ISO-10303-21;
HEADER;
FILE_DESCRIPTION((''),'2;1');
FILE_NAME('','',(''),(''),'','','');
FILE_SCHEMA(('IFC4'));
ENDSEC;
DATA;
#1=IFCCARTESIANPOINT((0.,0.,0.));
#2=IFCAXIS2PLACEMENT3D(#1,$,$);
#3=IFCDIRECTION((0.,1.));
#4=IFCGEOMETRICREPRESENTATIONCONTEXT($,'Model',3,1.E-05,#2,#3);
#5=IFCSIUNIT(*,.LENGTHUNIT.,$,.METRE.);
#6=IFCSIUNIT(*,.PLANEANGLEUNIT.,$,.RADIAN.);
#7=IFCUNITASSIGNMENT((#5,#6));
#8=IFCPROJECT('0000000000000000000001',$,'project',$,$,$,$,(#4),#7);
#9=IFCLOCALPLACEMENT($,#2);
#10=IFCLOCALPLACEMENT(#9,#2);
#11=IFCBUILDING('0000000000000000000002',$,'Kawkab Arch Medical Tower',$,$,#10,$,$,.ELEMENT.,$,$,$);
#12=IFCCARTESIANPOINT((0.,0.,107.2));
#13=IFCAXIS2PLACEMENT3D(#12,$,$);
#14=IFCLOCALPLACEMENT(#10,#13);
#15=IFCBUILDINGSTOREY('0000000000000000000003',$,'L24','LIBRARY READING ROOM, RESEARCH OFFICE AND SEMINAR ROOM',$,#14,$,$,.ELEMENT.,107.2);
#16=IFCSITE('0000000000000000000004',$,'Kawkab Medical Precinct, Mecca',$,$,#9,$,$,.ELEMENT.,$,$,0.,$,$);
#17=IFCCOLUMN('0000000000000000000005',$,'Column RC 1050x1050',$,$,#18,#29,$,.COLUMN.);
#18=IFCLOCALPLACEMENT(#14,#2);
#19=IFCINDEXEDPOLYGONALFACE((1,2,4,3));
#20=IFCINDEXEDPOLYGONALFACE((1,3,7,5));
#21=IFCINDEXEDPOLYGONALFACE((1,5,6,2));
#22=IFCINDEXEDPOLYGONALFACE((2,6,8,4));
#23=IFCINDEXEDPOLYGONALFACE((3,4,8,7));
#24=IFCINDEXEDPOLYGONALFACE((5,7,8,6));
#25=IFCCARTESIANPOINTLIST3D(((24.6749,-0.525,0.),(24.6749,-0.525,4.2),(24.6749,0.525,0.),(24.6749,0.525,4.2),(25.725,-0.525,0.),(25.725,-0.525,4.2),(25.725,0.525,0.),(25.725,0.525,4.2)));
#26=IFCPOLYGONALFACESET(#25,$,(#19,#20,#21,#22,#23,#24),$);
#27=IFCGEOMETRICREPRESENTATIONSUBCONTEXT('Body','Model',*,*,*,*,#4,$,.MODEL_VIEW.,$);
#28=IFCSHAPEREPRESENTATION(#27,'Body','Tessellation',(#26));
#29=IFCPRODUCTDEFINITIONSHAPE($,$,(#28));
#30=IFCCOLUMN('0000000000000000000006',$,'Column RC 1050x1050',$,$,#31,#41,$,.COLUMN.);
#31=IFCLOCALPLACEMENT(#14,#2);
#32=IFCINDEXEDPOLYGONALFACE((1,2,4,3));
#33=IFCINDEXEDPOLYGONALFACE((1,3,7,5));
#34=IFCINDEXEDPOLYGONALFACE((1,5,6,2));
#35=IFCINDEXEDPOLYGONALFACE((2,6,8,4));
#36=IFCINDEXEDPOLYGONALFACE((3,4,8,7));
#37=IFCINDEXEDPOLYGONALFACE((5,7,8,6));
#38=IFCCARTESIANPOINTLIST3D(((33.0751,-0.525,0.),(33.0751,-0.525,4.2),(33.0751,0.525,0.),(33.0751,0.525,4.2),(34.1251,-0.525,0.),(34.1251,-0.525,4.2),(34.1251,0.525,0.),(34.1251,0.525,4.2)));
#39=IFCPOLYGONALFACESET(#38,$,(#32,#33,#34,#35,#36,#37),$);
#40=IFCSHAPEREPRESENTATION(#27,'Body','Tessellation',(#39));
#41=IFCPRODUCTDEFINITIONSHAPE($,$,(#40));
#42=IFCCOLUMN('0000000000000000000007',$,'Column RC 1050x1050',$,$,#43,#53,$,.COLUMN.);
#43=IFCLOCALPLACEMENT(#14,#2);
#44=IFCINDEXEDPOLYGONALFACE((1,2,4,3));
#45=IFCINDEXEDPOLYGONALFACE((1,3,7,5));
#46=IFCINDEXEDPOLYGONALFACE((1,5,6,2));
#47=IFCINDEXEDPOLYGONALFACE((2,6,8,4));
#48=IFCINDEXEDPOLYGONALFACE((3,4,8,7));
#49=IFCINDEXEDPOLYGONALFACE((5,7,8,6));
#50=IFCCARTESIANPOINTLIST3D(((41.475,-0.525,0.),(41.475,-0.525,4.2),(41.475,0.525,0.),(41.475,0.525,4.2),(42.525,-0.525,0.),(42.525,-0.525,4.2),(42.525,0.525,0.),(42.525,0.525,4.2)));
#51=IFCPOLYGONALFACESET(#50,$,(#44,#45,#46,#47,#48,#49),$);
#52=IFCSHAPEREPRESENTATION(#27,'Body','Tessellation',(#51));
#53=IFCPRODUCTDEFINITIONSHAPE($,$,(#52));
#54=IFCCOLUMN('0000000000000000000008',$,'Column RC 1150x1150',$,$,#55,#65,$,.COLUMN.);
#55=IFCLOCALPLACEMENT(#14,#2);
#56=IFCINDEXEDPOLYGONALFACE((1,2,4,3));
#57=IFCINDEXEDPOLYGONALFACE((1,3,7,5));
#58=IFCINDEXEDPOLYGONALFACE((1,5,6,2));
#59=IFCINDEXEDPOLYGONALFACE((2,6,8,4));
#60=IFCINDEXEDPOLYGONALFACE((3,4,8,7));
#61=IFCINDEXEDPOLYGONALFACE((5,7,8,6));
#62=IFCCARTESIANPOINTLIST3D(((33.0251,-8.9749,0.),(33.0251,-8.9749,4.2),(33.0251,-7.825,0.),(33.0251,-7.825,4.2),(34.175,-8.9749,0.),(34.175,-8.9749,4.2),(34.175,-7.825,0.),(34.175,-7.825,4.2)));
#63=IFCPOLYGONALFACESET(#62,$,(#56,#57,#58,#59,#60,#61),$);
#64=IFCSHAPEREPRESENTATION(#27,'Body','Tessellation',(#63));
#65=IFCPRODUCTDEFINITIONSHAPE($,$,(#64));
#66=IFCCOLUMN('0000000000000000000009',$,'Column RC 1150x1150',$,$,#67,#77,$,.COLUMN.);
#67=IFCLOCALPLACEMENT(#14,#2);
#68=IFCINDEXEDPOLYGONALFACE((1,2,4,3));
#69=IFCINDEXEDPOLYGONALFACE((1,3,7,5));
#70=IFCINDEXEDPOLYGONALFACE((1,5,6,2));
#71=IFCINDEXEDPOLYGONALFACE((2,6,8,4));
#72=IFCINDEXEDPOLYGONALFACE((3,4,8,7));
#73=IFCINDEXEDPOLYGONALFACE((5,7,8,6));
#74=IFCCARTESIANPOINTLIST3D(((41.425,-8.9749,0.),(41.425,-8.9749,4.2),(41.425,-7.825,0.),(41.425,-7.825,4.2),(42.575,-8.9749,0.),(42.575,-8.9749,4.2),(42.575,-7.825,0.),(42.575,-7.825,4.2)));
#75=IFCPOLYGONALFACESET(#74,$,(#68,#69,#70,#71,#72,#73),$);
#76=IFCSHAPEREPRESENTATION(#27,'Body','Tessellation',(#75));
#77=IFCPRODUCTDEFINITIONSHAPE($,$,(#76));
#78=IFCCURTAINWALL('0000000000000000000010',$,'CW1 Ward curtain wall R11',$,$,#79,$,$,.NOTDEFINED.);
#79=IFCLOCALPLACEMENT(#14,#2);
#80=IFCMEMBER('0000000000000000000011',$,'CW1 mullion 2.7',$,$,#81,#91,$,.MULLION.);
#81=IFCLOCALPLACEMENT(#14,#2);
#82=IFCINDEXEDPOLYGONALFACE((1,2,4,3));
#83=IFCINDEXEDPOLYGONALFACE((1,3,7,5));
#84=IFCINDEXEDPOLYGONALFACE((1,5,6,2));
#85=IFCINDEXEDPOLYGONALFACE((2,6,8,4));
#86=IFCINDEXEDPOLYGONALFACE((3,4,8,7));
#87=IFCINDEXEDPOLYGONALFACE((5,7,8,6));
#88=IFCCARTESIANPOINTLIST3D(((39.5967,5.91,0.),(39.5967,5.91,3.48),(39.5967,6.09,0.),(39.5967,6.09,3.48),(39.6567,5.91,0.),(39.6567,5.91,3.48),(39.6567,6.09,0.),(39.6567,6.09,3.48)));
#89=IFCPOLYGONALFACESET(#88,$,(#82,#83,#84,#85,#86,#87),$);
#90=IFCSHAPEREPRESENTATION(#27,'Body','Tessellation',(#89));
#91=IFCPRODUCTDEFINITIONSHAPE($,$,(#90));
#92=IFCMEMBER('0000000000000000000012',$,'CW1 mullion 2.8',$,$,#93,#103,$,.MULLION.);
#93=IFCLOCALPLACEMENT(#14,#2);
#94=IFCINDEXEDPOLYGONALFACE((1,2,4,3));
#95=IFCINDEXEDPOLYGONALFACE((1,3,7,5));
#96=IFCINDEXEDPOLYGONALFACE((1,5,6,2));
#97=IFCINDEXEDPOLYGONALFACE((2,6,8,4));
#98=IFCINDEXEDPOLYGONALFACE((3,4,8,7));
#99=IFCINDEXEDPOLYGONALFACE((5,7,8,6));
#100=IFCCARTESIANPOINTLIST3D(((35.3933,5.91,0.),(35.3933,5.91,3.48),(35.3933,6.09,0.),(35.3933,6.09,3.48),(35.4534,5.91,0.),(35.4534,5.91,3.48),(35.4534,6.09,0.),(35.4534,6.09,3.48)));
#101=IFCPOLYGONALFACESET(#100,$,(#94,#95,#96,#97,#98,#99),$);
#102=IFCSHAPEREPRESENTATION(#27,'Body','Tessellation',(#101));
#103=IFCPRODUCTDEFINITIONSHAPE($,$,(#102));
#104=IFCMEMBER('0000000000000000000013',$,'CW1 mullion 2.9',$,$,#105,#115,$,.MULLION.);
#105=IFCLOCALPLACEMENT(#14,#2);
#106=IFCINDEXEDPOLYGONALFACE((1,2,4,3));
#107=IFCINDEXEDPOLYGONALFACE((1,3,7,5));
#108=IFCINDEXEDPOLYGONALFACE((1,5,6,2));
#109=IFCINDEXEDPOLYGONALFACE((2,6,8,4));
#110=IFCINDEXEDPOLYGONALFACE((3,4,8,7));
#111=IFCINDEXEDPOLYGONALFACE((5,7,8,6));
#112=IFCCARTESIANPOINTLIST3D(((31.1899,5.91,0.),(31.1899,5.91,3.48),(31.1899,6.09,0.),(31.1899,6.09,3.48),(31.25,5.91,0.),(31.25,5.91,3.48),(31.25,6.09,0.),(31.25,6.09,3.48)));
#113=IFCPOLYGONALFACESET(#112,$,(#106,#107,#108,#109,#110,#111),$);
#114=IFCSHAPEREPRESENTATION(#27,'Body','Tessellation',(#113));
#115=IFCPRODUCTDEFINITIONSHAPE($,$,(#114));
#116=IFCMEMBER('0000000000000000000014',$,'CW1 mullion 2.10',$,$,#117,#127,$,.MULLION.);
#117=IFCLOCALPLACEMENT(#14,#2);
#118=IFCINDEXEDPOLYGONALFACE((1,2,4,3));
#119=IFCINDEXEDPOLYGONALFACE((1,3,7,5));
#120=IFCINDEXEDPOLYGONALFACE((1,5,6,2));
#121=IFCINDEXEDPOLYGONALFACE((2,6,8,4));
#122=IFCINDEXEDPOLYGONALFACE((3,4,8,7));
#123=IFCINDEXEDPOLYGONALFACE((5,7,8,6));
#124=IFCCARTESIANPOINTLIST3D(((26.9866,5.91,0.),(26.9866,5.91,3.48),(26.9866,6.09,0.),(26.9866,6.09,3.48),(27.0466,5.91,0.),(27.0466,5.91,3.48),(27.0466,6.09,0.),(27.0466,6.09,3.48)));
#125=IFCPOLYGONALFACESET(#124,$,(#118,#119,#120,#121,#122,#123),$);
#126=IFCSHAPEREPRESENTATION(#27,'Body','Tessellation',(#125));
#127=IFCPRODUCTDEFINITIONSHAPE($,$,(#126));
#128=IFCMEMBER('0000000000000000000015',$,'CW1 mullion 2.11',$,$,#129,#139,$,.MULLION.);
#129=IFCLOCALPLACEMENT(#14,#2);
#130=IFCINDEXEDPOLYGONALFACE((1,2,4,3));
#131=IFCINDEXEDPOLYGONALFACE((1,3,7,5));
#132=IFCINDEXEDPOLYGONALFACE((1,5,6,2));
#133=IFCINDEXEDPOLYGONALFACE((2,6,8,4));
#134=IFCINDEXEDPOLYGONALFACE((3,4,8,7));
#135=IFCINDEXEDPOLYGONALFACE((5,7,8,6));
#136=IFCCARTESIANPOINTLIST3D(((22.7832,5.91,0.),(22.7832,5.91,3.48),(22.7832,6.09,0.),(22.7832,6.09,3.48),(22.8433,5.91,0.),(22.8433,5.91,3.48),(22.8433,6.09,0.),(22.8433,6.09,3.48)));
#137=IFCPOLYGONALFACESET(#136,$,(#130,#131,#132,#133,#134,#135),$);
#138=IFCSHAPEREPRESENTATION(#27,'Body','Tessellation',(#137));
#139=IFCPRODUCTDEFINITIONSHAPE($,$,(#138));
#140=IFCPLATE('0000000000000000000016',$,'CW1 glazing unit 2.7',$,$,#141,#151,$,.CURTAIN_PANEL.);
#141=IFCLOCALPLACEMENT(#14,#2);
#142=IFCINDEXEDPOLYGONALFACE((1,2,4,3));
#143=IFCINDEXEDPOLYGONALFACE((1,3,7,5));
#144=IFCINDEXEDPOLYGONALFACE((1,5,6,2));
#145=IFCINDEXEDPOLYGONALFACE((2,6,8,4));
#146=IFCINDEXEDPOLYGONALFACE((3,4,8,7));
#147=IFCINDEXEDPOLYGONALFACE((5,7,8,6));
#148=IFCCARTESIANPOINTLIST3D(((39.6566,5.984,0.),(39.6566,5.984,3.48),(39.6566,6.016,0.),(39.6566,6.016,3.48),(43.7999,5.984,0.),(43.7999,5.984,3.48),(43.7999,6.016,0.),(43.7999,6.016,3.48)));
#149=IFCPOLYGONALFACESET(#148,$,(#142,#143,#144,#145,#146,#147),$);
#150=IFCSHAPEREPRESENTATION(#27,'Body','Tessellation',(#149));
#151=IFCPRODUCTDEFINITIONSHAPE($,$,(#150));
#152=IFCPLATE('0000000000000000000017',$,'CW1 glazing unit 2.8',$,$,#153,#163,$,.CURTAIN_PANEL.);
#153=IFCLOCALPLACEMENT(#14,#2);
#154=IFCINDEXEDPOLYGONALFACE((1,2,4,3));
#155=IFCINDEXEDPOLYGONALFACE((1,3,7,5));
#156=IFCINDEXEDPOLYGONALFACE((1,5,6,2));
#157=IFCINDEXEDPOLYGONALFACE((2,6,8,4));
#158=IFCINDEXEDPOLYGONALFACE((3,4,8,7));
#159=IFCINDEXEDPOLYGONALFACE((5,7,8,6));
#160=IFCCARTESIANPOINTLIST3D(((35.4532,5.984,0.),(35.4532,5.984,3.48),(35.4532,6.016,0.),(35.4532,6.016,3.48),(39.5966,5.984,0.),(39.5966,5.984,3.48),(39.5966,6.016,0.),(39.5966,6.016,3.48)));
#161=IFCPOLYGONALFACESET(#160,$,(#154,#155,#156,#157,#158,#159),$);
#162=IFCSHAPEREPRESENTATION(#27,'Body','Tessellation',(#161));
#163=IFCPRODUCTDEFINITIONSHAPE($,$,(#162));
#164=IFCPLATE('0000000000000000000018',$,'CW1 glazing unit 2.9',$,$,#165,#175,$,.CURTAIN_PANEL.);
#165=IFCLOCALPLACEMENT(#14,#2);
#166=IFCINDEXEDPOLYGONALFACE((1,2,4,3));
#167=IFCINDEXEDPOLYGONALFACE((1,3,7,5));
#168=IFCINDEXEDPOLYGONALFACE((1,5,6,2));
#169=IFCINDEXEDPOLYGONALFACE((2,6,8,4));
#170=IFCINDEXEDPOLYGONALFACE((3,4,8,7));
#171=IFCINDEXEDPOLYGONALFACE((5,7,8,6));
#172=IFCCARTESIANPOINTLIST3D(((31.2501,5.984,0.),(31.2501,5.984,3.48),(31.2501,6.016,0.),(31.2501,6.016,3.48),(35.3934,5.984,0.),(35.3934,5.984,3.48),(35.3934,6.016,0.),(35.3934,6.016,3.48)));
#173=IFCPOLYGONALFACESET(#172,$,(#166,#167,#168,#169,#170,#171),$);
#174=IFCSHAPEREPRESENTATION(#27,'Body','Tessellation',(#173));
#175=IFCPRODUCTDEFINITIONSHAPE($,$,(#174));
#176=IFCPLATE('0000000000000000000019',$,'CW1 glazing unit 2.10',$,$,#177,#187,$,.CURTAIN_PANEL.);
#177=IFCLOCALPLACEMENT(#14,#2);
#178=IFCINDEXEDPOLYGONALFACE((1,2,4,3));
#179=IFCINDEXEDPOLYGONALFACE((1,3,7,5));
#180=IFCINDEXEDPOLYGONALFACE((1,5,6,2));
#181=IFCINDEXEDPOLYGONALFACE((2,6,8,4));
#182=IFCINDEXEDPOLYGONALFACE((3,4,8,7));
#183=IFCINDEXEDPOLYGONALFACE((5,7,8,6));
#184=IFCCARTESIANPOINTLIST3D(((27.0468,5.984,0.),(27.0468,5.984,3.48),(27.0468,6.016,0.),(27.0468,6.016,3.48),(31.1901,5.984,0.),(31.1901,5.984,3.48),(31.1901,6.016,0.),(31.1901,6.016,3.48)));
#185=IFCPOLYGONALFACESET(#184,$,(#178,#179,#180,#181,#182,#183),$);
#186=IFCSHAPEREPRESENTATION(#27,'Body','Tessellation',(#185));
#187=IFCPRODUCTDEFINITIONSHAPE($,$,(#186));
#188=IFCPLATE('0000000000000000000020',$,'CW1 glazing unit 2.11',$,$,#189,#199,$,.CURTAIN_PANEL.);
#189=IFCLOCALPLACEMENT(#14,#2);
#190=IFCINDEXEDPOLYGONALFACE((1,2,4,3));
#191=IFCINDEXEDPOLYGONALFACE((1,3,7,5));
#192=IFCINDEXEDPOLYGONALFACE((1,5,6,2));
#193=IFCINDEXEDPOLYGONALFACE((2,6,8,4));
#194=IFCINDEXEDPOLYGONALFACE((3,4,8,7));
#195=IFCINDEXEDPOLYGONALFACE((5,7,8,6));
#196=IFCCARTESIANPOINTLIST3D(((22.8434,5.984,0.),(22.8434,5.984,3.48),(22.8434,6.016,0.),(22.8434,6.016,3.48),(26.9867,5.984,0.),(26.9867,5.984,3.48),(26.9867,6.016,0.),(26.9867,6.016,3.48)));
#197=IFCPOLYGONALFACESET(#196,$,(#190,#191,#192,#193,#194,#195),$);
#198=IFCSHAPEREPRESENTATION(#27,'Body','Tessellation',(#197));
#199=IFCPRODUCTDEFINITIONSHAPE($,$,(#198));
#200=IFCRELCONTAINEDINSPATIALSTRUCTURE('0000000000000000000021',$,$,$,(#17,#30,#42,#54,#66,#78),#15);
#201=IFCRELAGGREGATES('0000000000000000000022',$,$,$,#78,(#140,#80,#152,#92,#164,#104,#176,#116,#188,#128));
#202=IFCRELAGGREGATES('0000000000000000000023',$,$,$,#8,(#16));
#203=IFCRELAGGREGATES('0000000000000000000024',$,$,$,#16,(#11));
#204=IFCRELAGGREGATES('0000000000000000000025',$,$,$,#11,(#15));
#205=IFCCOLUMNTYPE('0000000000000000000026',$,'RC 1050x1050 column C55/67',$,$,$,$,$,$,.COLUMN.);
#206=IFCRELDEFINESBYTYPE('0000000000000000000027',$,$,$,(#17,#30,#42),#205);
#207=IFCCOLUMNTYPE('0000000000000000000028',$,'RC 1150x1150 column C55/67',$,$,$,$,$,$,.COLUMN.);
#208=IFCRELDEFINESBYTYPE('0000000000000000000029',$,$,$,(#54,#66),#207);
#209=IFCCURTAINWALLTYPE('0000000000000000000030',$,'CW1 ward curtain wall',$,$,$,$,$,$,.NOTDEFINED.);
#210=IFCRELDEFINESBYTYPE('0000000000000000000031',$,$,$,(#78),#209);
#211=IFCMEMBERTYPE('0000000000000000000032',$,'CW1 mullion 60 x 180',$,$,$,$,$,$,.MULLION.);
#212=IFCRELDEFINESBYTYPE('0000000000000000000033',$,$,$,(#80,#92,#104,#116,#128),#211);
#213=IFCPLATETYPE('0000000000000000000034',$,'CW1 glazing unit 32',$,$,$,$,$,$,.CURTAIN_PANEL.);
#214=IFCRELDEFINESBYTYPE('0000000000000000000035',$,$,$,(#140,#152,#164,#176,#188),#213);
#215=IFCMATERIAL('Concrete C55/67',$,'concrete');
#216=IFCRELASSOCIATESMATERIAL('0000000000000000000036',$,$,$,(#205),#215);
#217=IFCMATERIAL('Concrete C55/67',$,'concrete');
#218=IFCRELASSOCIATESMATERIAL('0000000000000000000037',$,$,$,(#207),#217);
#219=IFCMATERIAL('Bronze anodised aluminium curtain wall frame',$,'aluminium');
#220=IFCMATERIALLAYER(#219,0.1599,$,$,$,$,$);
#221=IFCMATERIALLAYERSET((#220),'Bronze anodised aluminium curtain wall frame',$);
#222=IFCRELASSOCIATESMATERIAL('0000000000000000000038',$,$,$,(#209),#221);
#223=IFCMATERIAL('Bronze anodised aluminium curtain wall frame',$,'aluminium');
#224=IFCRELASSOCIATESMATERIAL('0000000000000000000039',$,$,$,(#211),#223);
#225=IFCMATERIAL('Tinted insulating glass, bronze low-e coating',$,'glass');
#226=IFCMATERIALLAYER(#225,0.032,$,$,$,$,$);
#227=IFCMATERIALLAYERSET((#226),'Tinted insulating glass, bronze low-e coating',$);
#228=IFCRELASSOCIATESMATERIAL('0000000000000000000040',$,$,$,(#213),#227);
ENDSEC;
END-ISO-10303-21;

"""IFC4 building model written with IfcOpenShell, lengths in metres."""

from ifc_helpers import new_model, si_unit, direction, frame, origin, origin_2d, place, context, subcontext, project, spatial, rectangle, extrude, material, layer, layer_set, material_profile, profile_set, type_object, element, aggregate, save


model = new_model("IFC4")

# Units and contexts
model_context = context("Model", 3, precision=1e-05, world=origin(), true_north=direction((0.0, 1.0)))
body_context = subcontext(model_context, "Body", "Model", "MODEL_VIEW")
ifc_project = project(units=[si_unit("LENGTHUNIT", "METRE"), si_unit("PLANEANGLEUNIT", "RADIAN")], contexts=[model_context])

# Site, building, storey
site_placement = place(None, origin())
site = spatial("IfcSite", under=ifc_project, at=site_placement, Name="Kawkab Medical Precinct, Mecca", CompositionType="ELEMENT", RefElevation=0.0)
building_placement = place(site_placement, origin())
building = spatial("IfcBuilding", under=site, at=building_placement, Name="Kawkab Arch Medical Tower", CompositionType="ELEMENT")
storey_placement = place(building_placement, frame((0.0, 0.0, 107.2)))
storey = spatial("IfcBuildingStorey", under=building, at=storey_placement, Name="L24", Description="LIBRARY READING ROOM, RESEARCH OFFICE AND SEMINAR ROOM", CompositionType="ELEMENT", Elevation=107.2)

# Columns
ifc_material_1 = material(Name="Concrete C55/67", Category="concrete")
ifc_material_profile_1 = material_profile(ifc_material_1, rectangle(XDim=1.05, YDim=1.05, at=origin_2d()), Name="RC 1050x1050")
ifc_profile_set_1 = profile_set([ifc_material_profile_1], Name="Concrete C55/67")
column_type_1 = type_object("IfcColumnType", Name="RC 1050x1050 column C55/67", PredefinedType="COLUMN", material=ifc_profile_set_1)
for number, where, z_axis, x_axis, name in (
    (1, (25.2, 0.0, 0.0), (0.0, 0.0, 1.0), (1.0, 0.0, 0.0), "Column RC 1050x1050"),
    (2, (33.6001, 0.0, 0.0), (0.0, 0.0, 1.0), (1.0, 0.0, 0.0), "Column RC 1050x1050"),
    (3, (42.0, 0.0, 0.0), (0.0, 0.0, 1.0), (1.0, 0.0, 0.0), "Column RC 1050x1050"),
):
    element("IfcColumn", number, at=place(storey_placement, frame(where, z_axis=z_axis, x_axis=x_axis)), inside=storey, type_object=column_type_1, Name=name, PredefinedType="COLUMN", context=body_context, shape_type="SweptSolid", body=[
        extrude(rectangle(XDim=1.05, YDim=1.05, at=origin_2d()), origin(), (0.0, 0.0, 1.0), 4.2),
    ])
ifc_material_2 = material(Name="Concrete C55/67", Category="concrete")
ifc_material_profile_2 = material_profile(ifc_material_2, rectangle(XDim=1.1499, YDim=1.1499, at=origin_2d()), Name="RC 1150x1150")
ifc_profile_set_2 = profile_set([ifc_material_profile_2], Name="Concrete C55/67")
column_type_2 = type_object("IfcColumnType", Name="RC 1150x1150 column C55/67", PredefinedType="COLUMN", material=ifc_profile_set_2)
for number, where, z_axis, x_axis, name in (
    (4, (33.6001, -8.3999, 0.0), (0.0, 0.0, 1.0), (1.0, 0.0, 0.0), "Column RC 1150x1150"),
    (5, (42.0, -8.3999, 0.0), (0.0, 0.0, 1.0), (1.0, 0.0, 0.0), "Column RC 1150x1150"),
):
    element("IfcColumn", number, at=place(storey_placement, frame(where, z_axis=z_axis, x_axis=x_axis)), inside=storey, type_object=column_type_2, Name=name, PredefinedType="COLUMN", context=body_context, shape_type="SweptSolid", body=[
        extrude(rectangle(XDim=1.1499, YDim=1.1499, at=origin_2d()), origin(), (0.0, 0.0, 1.0), 4.2),
    ])

# Curtain wall, members, plates
ifc_material_3 = material(Name="Bronze anodised aluminium curtain wall frame", Category="aluminium")
ifc_layer_1 = layer(ifc_material_3, 0.1599)
ifc_layer_set_1 = layer_set([ifc_layer_1], Name="Bronze anodised aluminium curtain wall frame")
curtain_wall_type = type_object("IfcCurtainWallType", Name="CW1 ward curtain wall", PredefinedType="NOTDEFINED", material=ifc_layer_set_1)
curtain_wall_placement = place(storey_placement, origin())
curtain_wall = element("IfcCurtainWall", 6, at=curtain_wall_placement, inside=storey, type_object=curtain_wall_type, Name="CW1 Ward curtain wall R11", PredefinedType="NOTDEFINED")
ifc_material_4 = material(Name="Bronze anodised aluminium curtain wall frame", Category="aluminium")
ifc_material_profile_3 = material_profile(ifc_material_4, rectangle(XDim=0.1799, YDim=0.0601, at=origin_2d()), Name="AL 60x180")
ifc_profile_set_3 = profile_set([ifc_material_profile_3], Name="Bronze anodised aluminium curtain wall frame")
member_type = type_object("IfcMemberType", Name="CW1 mullion 60 x 180", PredefinedType="MULLION", material=ifc_profile_set_3)
member_1_placement = place(storey_placement, frame((39.6267, 6.0, 0.0), z_axis=(0.0, 0.0, 1.0), x_axis=(0.0, -1.0, 0.0)))
member_1 = element("IfcMember", 7, at=member_1_placement, type_object=member_type, Name="CW1 mullion 2.7", PredefinedType="MULLION", context=body_context, shape_type="SweptSolid", body=[
    extrude(rectangle(XDim=0.1799, YDim=0.0601, at=origin_2d()), origin(), (0.0, 0.0, 1.0), 3.48),
])
member_2_placement = place(storey_placement, frame((35.4233, 6.0, 0.0), z_axis=(0.0, 0.0, 1.0), x_axis=(0.0, -1.0, 0.0)))
member_2 = element("IfcMember", 8, at=member_2_placement, type_object=member_type, Name="CW1 mullion 2.8", PredefinedType="MULLION", context=body_context, shape_type="SweptSolid", body=[
    extrude(rectangle(XDim=0.1799, YDim=0.0601, at=origin_2d()), origin(), (0.0, 0.0, 1.0), 3.48),
])
member_3_placement = place(storey_placement, frame((31.22, 6.0, 0.0), z_axis=(0.0, 0.0, 1.0), x_axis=(0.0, -1.0, 0.0)))
member_3 = element("IfcMember", 9, at=member_3_placement, type_object=member_type, Name="CW1 mullion 2.9", PredefinedType="MULLION", context=body_context, shape_type="SweptSolid", body=[
    extrude(rectangle(XDim=0.1799, YDim=0.0601, at=origin_2d()), origin(), (0.0, 0.0, 1.0), 3.48),
])
member_4_placement = place(storey_placement, frame((27.0166, 6.0, 0.0), z_axis=(0.0, 0.0, 1.0), x_axis=(0.0, -1.0, 0.0)))
member_4 = element("IfcMember", 10, at=member_4_placement, type_object=member_type, Name="CW1 mullion 2.10", PredefinedType="MULLION", context=body_context, shape_type="SweptSolid", body=[
    extrude(rectangle(XDim=0.1799, YDim=0.0601, at=origin_2d()), origin(), (0.0, 0.0, 1.0), 3.48),
])
member_5_placement = place(storey_placement, frame((22.8132, 6.0, 0.0), z_axis=(0.0, 0.0, 1.0), x_axis=(0.0, -1.0, 0.0)))
member_5 = element("IfcMember", 11, at=member_5_placement, type_object=member_type, Name="CW1 mullion 2.11", PredefinedType="MULLION", context=body_context, shape_type="SweptSolid", body=[
    extrude(rectangle(XDim=0.1799, YDim=0.0601, at=origin_2d()), origin(), (0.0, 0.0, 1.0), 3.48),
])
ifc_material_5 = material(Name="Tinted insulating glass, bronze low-e coating", Category="glass")
ifc_layer_2 = layer(ifc_material_5, 0.032)
ifc_layer_set_2 = layer_set([ifc_layer_2], Name="Tinted insulating glass, bronze low-e coating")
plate_type = type_object("IfcPlateType", Name="CW1 glazing unit 32", PredefinedType="CURTAIN_PANEL", material=ifc_layer_set_2)
plate_1_placement = place(storey_placement, frame((41.7283, 6.0, 0.0), z_axis=(0.0, 0.0, 1.0), x_axis=(-1.0, 0.0, 0.0)))
plate_1 = element("IfcPlate", 12, at=plate_1_placement, type_object=plate_type, Name="CW1 glazing unit 2.7", PredefinedType="CURTAIN_PANEL", context=body_context, shape_type="SweptSolid", body=[
    extrude(rectangle(XDim=4.1433, YDim=0.032, at=origin_2d()), origin(), (0.0, 0.0, 1.0), 3.48),
])
plate_2_placement = place(storey_placement, frame((37.5249, 6.0, 0.0), z_axis=(0.0, 0.0, 1.0), x_axis=(-1.0, 0.0, 0.0)))
plate_2 = element("IfcPlate", 13, at=plate_2_placement, type_object=plate_type, Name="CW1 glazing unit 2.8", PredefinedType="CURTAIN_PANEL", context=body_context, shape_type="SweptSolid", body=[
    extrude(rectangle(XDim=4.1433, YDim=0.032, at=origin_2d()), origin(), (0.0, 0.0, 1.0), 3.48),
])
plate_3_placement = place(storey_placement, frame((33.3218, 6.0, 0.0), z_axis=(0.0, 0.0, 1.0), x_axis=(-1.0, 0.0, 0.0)))
plate_3 = element("IfcPlate", 14, at=plate_3_placement, type_object=plate_type, Name="CW1 glazing unit 2.9", PredefinedType="CURTAIN_PANEL", context=body_context, shape_type="SweptSolid", body=[
    extrude(rectangle(XDim=4.1433, YDim=0.032, at=origin_2d()), origin(), (0.0, 0.0, 1.0), 3.48),
])
plate_4_placement = place(storey_placement, frame((29.1184, 6.0, 0.0), z_axis=(0.0, 0.0, 1.0), x_axis=(-1.0, 0.0, 0.0)))
plate_4 = element("IfcPlate", 15, at=plate_4_placement, type_object=plate_type, Name="CW1 glazing unit 2.10", PredefinedType="CURTAIN_PANEL", context=body_context, shape_type="SweptSolid", body=[
    extrude(rectangle(XDim=4.1433, YDim=0.032, at=origin_2d()), origin(), (0.0, 0.0, 1.0), 3.48),
])
plate_5_placement = place(storey_placement, frame((24.915, 6.0, 0.0), z_axis=(0.0, 0.0, 1.0), x_axis=(-1.0, 0.0, 0.0)))
plate_5 = element("IfcPlate", 16, at=plate_5_placement, type_object=plate_type, Name="CW1 glazing unit 2.11", PredefinedType="CURTAIN_PANEL", context=body_context, shape_type="SweptSolid", body=[
    extrude(rectangle(XDim=4.1433, YDim=0.032, at=origin_2d()), origin(), (0.0, 0.0, 1.0), 3.48),
])
aggregate(curtain_wall, [plate_1, member_1, plate_2, member_2, plate_3, member_3, plate_4, member_4, plate_5, member_5])

save(model, "model.ifc")
